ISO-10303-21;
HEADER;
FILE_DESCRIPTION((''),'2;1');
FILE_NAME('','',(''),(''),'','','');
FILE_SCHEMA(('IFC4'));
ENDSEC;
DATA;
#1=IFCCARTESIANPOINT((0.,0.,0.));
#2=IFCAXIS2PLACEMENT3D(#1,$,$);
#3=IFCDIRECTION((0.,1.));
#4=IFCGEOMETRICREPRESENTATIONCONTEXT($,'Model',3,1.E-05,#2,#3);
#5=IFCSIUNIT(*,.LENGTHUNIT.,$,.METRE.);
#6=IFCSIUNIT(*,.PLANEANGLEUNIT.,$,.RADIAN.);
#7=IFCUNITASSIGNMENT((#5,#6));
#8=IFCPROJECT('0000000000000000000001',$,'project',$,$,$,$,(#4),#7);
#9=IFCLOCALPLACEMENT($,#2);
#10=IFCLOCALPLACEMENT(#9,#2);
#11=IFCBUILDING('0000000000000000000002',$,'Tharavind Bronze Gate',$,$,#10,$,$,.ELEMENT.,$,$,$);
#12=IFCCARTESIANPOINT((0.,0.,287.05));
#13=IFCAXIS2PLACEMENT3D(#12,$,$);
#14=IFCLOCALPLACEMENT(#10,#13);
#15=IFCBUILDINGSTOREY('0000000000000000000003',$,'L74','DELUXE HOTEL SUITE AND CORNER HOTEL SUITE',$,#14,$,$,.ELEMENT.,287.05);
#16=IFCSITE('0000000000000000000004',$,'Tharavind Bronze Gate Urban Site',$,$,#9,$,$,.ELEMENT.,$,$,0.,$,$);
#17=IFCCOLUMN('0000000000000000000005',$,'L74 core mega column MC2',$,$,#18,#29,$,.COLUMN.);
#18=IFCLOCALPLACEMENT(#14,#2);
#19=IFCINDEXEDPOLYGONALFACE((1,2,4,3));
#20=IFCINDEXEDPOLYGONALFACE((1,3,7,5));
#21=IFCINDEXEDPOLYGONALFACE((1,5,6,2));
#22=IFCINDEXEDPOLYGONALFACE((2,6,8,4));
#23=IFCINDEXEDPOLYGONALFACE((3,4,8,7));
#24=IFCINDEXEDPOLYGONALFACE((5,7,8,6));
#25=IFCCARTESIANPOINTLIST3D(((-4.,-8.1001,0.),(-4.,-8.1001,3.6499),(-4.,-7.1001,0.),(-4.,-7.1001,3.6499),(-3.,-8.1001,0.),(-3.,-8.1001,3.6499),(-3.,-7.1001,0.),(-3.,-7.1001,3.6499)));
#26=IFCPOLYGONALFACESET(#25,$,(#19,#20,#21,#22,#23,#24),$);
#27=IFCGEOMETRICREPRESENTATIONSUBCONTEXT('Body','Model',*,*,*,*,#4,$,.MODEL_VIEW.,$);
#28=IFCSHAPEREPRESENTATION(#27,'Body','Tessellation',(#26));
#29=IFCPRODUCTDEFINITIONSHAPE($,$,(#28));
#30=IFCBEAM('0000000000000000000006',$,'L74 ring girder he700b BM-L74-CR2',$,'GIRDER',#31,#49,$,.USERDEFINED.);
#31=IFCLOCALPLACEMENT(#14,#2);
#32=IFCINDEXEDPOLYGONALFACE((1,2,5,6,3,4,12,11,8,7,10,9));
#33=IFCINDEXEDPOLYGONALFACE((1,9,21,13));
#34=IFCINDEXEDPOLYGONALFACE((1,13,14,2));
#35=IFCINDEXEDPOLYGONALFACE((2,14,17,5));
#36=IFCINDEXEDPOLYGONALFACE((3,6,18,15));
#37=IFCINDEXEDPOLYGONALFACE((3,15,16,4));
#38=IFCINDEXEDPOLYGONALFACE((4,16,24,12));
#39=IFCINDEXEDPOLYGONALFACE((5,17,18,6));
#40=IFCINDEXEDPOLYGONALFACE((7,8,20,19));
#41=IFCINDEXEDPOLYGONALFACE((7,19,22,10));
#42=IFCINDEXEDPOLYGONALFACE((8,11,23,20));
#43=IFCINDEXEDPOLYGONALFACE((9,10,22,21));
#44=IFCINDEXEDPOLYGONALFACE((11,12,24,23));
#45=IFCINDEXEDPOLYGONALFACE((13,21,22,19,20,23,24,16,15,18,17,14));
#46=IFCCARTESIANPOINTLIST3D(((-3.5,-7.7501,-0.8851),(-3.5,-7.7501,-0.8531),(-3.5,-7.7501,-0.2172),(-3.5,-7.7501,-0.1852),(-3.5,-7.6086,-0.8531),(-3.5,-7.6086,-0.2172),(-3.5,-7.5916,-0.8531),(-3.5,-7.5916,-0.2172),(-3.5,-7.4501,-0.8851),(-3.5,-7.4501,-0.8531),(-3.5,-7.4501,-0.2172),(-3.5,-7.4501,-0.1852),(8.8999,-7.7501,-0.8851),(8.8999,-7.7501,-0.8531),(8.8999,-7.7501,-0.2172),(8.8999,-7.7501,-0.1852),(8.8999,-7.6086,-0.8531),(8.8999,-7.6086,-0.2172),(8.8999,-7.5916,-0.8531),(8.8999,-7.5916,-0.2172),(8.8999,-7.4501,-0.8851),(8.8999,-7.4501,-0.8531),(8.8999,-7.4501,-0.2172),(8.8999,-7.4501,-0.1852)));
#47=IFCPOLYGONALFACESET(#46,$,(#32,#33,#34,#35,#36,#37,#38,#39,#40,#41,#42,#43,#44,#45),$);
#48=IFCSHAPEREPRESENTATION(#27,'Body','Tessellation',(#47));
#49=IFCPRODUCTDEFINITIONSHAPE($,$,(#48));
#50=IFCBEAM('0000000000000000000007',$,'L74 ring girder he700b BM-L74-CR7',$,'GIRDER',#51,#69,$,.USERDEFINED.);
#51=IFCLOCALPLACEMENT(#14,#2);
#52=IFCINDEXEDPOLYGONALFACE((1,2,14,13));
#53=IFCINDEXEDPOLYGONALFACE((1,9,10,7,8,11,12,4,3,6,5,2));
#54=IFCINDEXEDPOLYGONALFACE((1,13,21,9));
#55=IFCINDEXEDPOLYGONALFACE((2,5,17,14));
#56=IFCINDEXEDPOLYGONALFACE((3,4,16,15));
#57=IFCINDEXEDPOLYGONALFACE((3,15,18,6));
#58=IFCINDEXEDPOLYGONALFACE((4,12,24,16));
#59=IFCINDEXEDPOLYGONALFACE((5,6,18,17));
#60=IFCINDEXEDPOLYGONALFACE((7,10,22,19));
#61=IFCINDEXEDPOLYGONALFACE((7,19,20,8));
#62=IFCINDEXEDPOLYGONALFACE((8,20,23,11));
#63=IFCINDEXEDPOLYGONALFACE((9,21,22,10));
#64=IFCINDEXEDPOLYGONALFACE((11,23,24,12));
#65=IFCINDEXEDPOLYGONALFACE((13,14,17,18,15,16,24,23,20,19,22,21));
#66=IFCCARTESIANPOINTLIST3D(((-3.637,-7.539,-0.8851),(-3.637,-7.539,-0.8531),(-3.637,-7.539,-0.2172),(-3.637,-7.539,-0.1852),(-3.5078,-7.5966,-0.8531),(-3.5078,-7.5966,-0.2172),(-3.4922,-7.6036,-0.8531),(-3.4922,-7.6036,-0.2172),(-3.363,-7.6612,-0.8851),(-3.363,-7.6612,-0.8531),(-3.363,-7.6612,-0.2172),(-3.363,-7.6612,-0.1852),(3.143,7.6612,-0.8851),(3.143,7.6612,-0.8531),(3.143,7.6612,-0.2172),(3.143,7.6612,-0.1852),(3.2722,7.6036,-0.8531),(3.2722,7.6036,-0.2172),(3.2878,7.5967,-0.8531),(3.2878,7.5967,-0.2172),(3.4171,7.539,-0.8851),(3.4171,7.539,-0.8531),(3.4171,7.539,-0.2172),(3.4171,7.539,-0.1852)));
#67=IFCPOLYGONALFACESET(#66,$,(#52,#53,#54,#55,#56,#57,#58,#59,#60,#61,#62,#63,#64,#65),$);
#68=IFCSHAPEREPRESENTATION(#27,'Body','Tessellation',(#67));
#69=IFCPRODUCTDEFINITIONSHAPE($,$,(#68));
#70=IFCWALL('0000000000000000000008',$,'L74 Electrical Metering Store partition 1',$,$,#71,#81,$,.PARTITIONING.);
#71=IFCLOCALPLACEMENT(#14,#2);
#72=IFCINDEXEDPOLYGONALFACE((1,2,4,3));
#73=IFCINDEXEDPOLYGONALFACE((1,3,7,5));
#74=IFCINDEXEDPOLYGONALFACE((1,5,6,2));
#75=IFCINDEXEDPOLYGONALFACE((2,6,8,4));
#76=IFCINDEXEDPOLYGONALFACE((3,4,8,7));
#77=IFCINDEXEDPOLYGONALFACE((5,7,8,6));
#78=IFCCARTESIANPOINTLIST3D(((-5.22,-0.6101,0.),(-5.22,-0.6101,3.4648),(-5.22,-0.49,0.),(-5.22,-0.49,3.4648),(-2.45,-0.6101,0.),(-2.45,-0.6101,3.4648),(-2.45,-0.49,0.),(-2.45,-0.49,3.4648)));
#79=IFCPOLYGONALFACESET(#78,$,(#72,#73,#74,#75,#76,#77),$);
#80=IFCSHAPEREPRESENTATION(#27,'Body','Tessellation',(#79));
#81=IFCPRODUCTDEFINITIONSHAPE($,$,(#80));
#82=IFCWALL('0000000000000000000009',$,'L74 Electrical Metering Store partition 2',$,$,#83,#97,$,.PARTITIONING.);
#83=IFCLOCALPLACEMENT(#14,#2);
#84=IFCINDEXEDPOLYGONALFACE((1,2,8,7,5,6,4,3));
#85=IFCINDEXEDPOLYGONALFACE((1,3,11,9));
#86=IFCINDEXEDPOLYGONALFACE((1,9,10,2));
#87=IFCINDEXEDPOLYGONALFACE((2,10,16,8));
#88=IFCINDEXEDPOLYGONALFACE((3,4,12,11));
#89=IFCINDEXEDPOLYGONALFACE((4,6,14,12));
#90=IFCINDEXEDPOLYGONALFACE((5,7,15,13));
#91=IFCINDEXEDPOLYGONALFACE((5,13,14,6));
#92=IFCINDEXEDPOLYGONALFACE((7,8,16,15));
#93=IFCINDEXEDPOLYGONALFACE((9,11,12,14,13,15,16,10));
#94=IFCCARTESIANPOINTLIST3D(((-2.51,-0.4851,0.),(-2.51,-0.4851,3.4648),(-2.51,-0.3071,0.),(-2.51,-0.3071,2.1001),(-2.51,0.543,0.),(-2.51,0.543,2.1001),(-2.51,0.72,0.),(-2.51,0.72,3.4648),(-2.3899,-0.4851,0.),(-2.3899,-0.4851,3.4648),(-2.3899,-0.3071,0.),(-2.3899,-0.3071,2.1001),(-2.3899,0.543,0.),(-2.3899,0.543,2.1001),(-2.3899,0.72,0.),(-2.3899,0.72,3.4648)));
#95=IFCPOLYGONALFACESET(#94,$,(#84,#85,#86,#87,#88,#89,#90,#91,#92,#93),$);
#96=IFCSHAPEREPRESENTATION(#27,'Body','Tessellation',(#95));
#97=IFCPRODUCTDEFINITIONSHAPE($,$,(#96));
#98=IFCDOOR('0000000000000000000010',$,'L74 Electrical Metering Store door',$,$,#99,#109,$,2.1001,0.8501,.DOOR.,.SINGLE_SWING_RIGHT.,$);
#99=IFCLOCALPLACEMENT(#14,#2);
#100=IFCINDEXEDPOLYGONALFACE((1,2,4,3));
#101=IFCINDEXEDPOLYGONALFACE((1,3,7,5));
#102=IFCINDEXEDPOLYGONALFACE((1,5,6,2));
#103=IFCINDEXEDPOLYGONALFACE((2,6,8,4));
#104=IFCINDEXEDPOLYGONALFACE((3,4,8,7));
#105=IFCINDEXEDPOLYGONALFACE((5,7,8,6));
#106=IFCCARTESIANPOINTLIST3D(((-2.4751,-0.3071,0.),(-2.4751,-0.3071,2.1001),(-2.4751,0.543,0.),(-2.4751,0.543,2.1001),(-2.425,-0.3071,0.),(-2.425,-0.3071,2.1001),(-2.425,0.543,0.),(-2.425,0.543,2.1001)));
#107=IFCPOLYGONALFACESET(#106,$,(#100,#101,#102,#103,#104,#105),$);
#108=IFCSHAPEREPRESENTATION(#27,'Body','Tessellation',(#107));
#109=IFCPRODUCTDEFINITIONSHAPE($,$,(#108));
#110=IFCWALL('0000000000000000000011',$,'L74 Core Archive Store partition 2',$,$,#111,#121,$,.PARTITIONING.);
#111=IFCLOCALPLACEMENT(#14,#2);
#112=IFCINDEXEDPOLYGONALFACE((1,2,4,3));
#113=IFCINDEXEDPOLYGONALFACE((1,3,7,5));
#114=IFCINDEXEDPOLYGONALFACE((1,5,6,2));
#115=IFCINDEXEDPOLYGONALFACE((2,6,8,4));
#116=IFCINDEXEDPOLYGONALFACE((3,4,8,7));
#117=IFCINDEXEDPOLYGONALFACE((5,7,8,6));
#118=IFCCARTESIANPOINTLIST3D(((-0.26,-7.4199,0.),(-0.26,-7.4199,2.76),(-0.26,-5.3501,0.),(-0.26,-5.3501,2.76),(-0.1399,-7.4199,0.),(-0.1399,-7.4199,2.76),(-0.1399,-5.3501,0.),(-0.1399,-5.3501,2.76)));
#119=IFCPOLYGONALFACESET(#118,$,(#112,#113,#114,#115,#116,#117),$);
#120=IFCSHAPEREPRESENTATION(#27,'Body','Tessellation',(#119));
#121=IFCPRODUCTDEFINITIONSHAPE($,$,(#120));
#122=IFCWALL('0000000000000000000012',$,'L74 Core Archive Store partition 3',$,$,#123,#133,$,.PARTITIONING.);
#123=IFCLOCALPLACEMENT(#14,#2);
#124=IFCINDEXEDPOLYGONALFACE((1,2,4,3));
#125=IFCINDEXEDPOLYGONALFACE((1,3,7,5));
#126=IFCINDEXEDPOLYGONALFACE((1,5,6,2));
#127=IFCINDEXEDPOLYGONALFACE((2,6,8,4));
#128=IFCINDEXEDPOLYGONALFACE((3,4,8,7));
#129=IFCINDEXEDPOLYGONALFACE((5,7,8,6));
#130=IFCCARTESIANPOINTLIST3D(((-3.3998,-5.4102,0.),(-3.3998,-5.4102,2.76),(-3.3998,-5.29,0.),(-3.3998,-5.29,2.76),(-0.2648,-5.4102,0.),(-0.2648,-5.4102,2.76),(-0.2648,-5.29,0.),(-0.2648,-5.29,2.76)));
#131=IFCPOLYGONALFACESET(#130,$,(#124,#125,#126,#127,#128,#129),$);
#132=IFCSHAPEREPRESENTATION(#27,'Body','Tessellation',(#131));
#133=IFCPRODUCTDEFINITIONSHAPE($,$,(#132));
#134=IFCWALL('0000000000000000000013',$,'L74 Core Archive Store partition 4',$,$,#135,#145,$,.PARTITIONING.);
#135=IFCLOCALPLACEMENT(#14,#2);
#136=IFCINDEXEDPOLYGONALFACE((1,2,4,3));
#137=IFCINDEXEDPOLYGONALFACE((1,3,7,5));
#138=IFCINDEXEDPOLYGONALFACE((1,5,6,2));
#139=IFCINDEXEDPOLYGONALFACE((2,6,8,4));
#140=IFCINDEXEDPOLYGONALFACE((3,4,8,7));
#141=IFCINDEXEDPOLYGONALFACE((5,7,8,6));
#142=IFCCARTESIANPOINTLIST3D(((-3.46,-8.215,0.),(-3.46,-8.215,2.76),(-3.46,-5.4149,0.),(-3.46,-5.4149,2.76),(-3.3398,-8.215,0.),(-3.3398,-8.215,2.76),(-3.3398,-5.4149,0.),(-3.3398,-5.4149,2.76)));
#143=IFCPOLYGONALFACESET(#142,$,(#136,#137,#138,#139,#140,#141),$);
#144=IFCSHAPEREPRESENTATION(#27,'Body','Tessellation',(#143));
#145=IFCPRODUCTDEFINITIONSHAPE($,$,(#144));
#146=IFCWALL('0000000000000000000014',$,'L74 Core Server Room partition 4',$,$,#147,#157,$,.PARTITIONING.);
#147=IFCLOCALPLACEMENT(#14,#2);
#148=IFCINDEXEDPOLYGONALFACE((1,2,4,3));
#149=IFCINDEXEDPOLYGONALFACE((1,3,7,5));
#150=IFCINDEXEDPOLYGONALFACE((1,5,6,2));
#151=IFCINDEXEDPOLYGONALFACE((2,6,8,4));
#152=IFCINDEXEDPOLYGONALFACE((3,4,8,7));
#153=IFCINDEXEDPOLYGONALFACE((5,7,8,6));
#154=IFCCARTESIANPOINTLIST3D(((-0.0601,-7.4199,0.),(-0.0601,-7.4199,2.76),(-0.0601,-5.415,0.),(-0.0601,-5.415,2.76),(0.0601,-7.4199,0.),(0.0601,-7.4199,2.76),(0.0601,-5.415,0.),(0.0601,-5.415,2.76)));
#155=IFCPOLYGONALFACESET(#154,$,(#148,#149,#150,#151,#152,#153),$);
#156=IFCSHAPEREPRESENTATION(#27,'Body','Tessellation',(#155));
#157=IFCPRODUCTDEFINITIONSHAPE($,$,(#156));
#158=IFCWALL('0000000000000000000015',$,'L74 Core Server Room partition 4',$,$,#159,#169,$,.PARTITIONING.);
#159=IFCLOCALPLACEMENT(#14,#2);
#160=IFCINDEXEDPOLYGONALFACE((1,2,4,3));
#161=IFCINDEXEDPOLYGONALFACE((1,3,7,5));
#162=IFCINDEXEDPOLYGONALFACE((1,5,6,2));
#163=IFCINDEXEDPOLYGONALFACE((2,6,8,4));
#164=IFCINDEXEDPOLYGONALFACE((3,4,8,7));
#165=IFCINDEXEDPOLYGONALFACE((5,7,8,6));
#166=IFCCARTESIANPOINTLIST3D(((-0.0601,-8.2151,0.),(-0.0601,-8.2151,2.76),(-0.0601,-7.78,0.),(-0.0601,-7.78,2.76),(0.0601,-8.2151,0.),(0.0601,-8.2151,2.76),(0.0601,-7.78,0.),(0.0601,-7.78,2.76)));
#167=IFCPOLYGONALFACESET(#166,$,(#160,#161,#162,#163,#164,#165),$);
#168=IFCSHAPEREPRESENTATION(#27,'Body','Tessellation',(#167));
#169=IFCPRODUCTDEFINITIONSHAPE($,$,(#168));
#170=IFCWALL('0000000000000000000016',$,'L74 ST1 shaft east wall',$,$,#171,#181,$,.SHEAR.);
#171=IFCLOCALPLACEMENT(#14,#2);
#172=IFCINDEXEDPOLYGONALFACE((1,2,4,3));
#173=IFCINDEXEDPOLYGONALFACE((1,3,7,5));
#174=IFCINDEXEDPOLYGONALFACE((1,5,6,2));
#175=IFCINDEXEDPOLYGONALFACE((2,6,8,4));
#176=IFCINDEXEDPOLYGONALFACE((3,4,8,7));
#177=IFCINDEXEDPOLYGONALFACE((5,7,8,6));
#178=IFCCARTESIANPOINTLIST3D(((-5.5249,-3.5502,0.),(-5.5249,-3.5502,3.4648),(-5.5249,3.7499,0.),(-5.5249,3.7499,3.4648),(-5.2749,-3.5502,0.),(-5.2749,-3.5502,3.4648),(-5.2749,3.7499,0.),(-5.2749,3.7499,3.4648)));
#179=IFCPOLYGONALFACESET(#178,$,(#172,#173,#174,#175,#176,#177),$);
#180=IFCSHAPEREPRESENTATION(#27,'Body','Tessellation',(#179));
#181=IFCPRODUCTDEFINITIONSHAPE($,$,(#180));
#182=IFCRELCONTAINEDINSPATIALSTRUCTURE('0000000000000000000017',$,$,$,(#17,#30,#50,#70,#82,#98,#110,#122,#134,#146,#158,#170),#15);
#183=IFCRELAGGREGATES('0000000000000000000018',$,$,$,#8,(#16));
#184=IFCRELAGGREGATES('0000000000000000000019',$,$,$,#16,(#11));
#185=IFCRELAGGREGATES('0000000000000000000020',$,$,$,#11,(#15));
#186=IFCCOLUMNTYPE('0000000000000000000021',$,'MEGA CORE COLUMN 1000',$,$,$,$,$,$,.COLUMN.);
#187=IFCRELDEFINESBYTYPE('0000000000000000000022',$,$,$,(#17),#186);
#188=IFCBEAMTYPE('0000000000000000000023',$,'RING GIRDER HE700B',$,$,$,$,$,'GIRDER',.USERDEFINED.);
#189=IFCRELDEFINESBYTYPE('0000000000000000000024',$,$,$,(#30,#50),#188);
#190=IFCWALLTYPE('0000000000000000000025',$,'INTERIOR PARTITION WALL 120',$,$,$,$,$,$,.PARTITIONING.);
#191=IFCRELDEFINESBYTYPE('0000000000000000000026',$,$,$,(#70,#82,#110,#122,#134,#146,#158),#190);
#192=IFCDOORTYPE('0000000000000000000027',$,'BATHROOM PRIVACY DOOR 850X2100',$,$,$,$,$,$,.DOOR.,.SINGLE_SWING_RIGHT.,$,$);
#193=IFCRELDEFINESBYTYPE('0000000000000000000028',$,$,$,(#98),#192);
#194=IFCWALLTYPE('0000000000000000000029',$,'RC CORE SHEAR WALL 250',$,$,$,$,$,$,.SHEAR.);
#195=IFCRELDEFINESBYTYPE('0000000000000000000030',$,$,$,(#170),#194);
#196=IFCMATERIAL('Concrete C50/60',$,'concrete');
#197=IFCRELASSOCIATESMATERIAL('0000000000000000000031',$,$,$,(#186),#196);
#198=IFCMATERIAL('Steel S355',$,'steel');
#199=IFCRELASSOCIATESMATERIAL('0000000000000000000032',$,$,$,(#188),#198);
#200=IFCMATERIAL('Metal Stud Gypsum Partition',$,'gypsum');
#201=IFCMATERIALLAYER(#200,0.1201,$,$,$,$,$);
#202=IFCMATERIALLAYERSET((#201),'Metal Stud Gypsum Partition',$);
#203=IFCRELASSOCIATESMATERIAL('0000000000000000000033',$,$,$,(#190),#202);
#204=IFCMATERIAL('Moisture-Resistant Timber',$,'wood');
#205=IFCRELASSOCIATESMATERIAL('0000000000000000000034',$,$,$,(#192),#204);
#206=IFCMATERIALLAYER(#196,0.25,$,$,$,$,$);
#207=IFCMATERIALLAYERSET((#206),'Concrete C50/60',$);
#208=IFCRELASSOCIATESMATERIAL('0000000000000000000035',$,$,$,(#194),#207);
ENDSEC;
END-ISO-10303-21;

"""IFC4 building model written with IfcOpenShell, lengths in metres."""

from ifc_helpers import new_model, si_unit, direction, frame, frame_2d, origin, origin_2d, place, context, subcontext, project, spatial, rectangle, i_section, extrude, material, layer, layer_set, material_profile, profile_set, type_object, element, fill, save


model = new_model("IFC4")

# Units and contexts
model_context = context("Model", 3, precision=1e-05, world=origin(), true_north=direction((0.0, 1.0)))
body_context = subcontext(model_context, "Body", "Model", "MODEL_VIEW")
ifc_project = project(units=[si_unit("LENGTHUNIT", "METRE"), si_unit("PLANEANGLEUNIT", "RADIAN")], contexts=[model_context])

# Site, building, storey
site_placement = place(None, origin())
site = spatial("IfcSite", under=ifc_project, at=site_placement, Name="Tharavind Bronze Gate Urban Site", CompositionType="ELEMENT", RefElevation=0.0)
building_placement = place(site_placement, origin())
building = spatial("IfcBuilding", under=site, at=building_placement, Name="Tharavind Bronze Gate", CompositionType="ELEMENT")
storey_placement = place(building_placement, frame((0.0, 0.0, 287.05)))
storey = spatial("IfcBuildingStorey", under=building, at=storey_placement, Name="L74", Description="DELUXE HOTEL SUITE AND CORNER HOTEL SUITE", CompositionType="ELEMENT", Elevation=287.05)

# Column
ifc_material_1 = material(Name="Concrete C50/60", Category="concrete")
ifc_material_profile_1 = material_profile(ifc_material_1, rectangle(XDim=1.0, YDim=1.0, at=origin_2d()), Name="RCCOL1000")
ifc_profile_set_1 = profile_set([ifc_material_profile_1], Name="Concrete C50/60")
column_type = type_object("IfcColumnType", Name="MEGA CORE COLUMN 1000", PredefinedType="COLUMN", material=ifc_profile_set_1)
column_placement = place(storey_placement, frame((-3.5, -7.6001, 0.0), z_axis=(0.0, 0.0, 1.0), x_axis=(1.0, 0.0, 0.0)))
element("IfcColumn", 1, at=column_placement, inside=storey, type_object=column_type, Name="L74 core mega column MC2", PredefinedType="COLUMN", context=body_context, shape_type="SweptSolid", body=[
    extrude(rectangle(XDim=1.0, YDim=1.0, at=origin_2d()), origin(), (0.0, 0.0, 1.0), 3.6499),
])

# Beams
ifc_material_2 = material(Name="Steel S355", Category="steel")
ifc_material_profile_2 = material_profile(ifc_material_2, i_section(OverallWidth=0.3, OverallDepth=0.7, WebThickness=0.0171, FlangeThickness=0.032, at=origin_2d()), Name="HE700B")
ifc_profile_set_2 = profile_set([ifc_material_profile_2], Name="Steel S355")
beam_type = type_object("IfcBeamType", Name="RING GIRDER HE700B", ElementType="GIRDER", PredefinedType="USERDEFINED", material=ifc_profile_set_2)
beam_1_placement = place(storey_placement, frame((-3.5, -7.6001, -0.5352), z_axis=(1.0, 0.0, 0.0), x_axis=(0.0, 1.0, 0.0)))
element("IfcBeam", 2, at=beam_1_placement, inside=storey, type_object=beam_type, Name="L74 ring girder he700b BM-L74-CR2", ObjectType="GIRDER", PredefinedType="USERDEFINED", context=body_context, shape_type="SweptSolid", body=[
    extrude(i_section(OverallWidth=0.3, OverallDepth=0.7, WebThickness=0.0171, FlangeThickness=0.032, at=origin_2d()), origin(), (0.0, 0.0, 1.0), 12.3999),
])
beam_2_placement = place(storey_placement, frame((-3.5, -7.6001, -0.5352), z_axis=(0.407362, 0.913267, 0.0), x_axis=(-0.913267, 0.407362, 0.0)))
element("IfcBeam", 3, at=beam_2_placement, inside=storey, type_object=beam_type, Name="L74 ring girder he700b BM-L74-CR7", ObjectType="GIRDER", PredefinedType="USERDEFINED", context=body_context, shape_type="SweptSolid", body=[
    extrude(i_section(OverallWidth=0.3, OverallDepth=0.7, WebThickness=0.0171, FlangeThickness=0.032, at=origin_2d()), origin(), (0.0, 0.0, 1.0), 16.6438),
])

# Wall
ifc_material_3 = material(Name="Metal Stud Gypsum Partition", Category="gypsum")
ifc_layer_1 = layer(ifc_material_3, 0.1201)
ifc_layer_set_1 = layer_set([ifc_layer_1], Name="Metal Stud Gypsum Partition")
wall_type_1 = type_object("IfcWallType", Name="INTERIOR PARTITION WALL 120", PredefinedType="PARTITIONING", material=ifc_layer_set_1)
wall_1_placement = place(storey_placement, frame((-5.22, -0.55, 0.0), z_axis=(0.0, 0.0, 1.0), x_axis=(1.0, 0.0, 0.0)))
element("IfcWall", 4, at=wall_1_placement, inside=storey, type_object=wall_type_1, Name="L74 Electrical Metering Store partition 1", PredefinedType="PARTITIONING", context=body_context, shape_type="SweptSolid", body=[
    extrude(rectangle(XDim=2.77, YDim=0.1201, at=frame_2d((1.385, 0.0))), origin(), (0.0, 0.0, 1.0), 3.4648),
])

# Wall, opening, door
wall_2_placement = place(storey_placement, frame((-2.45, -0.4851, 0.0), z_axis=(0.0, 0.0, 1.0), x_axis=(0.0, 1.0, 0.0)))
wall_2 = element("IfcWall", 5, at=wall_2_placement, inside=storey, type_object=wall_type_1, Name="L74 Electrical Metering Store partition 2", PredefinedType="PARTITIONING", context=body_context, shape_type="SweptSolid", body=[
    extrude(rectangle(XDim=1.2051, YDim=0.1201, at=frame_2d((0.6025, 0.0))), origin(), (0.0, 0.0, 1.0), 3.4648),
])
opening_1_placement = place(wall_2_placement, frame((0.178, 0.0, 0.0)))
opening_1 = element("IfcOpeningElement", 6, at=opening_1_placement, cuts=wall_2, PredefinedType="OPENING", context=body_context, shape_type="SweptSolid", body=[
    extrude(rectangle(XDim=0.8501, YDim=2.1001, at=frame_2d((0.425, 1.05))), frame((0.0, 0.0701, 0.0), z_axis=(0.0, -1.0, 0.0), x_axis=(1.0, 0.0, 0.0)), (0.0, 0.0, 1.0), 0.1401),
])
ifc_material_4 = material(Name="Moisture-Resistant Timber", Category="wood")
door_type_1 = type_object("IfcDoorType", Name="BATHROOM PRIVACY DOOR 850X2100", OperationType="SINGLE_SWING_RIGHT", PredefinedType="DOOR", material=ifc_material_4)
door_1_placement = place(opening_1_placement, frame((0.8501, 0.0, 0.0), z_axis=(0.0, 0.0, 1.0), x_axis=(-1.0, 0.0, 0.0)))
door_1 = element("IfcDoor", 7, at=door_1_placement, inside=storey, type_object=door_type_1, Name="L74 Electrical Metering Store door", OperationType="SINGLE_SWING_RIGHT", OverallHeight=2.1001, OverallWidth=0.8501, PredefinedType="DOOR", context=body_context, shape_type="SweptSolid", body=[
    extrude(rectangle(XDim=0.8501, YDim=2.1001, at=frame_2d((0.425, 1.05))), frame((0.0, 0.0249, 0.0), z_axis=(0.0, -1.0, 0.0), x_axis=(1.0, 0.0, 0.0)), (0.0, 0.0, 1.0), 0.05),
])
fill(opening_1, door_1)

# Walls
wall_3_placement = place(storey_placement, frame((-0.2, -7.4199, 0.0), z_axis=(0.0, 0.0, 1.0), x_axis=(0.0, 1.0, 0.0)))
element("IfcWall", 8, at=wall_3_placement, inside=storey, type_object=wall_type_1, Name="L74 Core Archive Store partition 2", PredefinedType="PARTITIONING", context=body_context, shape_type="SweptSolid", body=[
    extrude(rectangle(XDim=2.0698, YDim=0.1201, at=frame_2d((1.0349, 0.0))), origin(), (0.0, 0.0, 1.0), 2.76),
])
wall_4_placement = place(storey_placement, frame((-0.2649, -5.3501, 0.0), z_axis=(0.0, 0.0, 1.0), x_axis=(-1.0, 0.0, 0.0)))
element("IfcWall", 9, at=wall_4_placement, inside=storey, type_object=wall_type_1, Name="L74 Core Archive Store partition 3", PredefinedType="PARTITIONING", context=body_context, shape_type="SweptSolid", body=[
    extrude(rectangle(XDim=3.135, YDim=0.1201, at=frame_2d((1.5674, 0.0))), origin(), (0.0, 0.0, 1.0), 2.76),
])
wall_5_placement = place(storey_placement, frame((-3.3999, -5.415, 0.0), z_axis=(0.0, 0.0, 1.0), x_axis=(0.0, -1.0, 0.0)))
element("IfcWall", 10, at=wall_5_placement, inside=storey, type_object=wall_type_1, Name="L74 Core Archive Store partition 4", PredefinedType="PARTITIONING", context=body_context, shape_type="SweptSolid", body=[
    extrude(rectangle(XDim=2.8, YDim=0.1201, at=frame_2d((1.3999, 0.0))), origin(), (0.0, 0.0, 1.0), 2.76),
])
wall_6_placement = place(storey_placement, frame((0.0, -5.415, 0.0), z_axis=(0.0, 0.0, 1.0), x_axis=(0.0, -1.0, 0.0)))
element("IfcWall", 11, at=wall_6_placement, inside=storey, type_object=wall_type_1, Name="L74 Core Server Room partition 4", PredefinedType="PARTITIONING", context=body_context, shape_type="SweptSolid", body=[
    extrude(rectangle(XDim=2.0049, YDim=0.1201, at=frame_2d((1.0024, 0.0))), origin(), (0.0, 0.0, 1.0), 2.76),
])
wall_7_placement = place(storey_placement, frame((0.0, -7.78, 0.0), z_axis=(0.0, 0.0, 1.0), x_axis=(0.0, -1.0, 0.0)))
element("IfcWall", 12, at=wall_7_placement, inside=storey, type_object=wall_type_1, Name="L74 Core Server Room partition 4", PredefinedType="PARTITIONING", context=body_context, shape_type="SweptSolid", body=[
    extrude(rectangle(XDim=0.4351, YDim=0.1201, at=frame_2d((0.2175, 0.0))), origin(), (0.0, 0.0, 1.0), 2.76),
])
ifc_layer_2 = layer(ifc_material_1, 0.25)
ifc_layer_set_2 = layer_set([ifc_layer_2], Name="Concrete C50/60")
wall_type_2 = type_object("IfcWallType", Name="RC CORE SHEAR WALL 250", PredefinedType="SHEAR", material=ifc_layer_set_2)
wall_8_placement = place(storey_placement, frame((-5.3999, -3.55, 0.0), z_axis=(0.0, 0.0, 1.0), x_axis=(0.0, 1.0, 0.0)))
element("IfcWall", 13, at=wall_8_placement, inside=storey, type_object=wall_type_2, Name="L74 ST1 shaft east wall", PredefinedType="SHEAR", context=body_context, shape_type="SweptSolid", body=[
    extrude(rectangle(XDim=7.3, YDim=0.25, at=frame_2d((3.6499, 0.0))), origin(), (0.0, 0.0, 1.0), 3.4648),
])

save(model, "model.ifc")
